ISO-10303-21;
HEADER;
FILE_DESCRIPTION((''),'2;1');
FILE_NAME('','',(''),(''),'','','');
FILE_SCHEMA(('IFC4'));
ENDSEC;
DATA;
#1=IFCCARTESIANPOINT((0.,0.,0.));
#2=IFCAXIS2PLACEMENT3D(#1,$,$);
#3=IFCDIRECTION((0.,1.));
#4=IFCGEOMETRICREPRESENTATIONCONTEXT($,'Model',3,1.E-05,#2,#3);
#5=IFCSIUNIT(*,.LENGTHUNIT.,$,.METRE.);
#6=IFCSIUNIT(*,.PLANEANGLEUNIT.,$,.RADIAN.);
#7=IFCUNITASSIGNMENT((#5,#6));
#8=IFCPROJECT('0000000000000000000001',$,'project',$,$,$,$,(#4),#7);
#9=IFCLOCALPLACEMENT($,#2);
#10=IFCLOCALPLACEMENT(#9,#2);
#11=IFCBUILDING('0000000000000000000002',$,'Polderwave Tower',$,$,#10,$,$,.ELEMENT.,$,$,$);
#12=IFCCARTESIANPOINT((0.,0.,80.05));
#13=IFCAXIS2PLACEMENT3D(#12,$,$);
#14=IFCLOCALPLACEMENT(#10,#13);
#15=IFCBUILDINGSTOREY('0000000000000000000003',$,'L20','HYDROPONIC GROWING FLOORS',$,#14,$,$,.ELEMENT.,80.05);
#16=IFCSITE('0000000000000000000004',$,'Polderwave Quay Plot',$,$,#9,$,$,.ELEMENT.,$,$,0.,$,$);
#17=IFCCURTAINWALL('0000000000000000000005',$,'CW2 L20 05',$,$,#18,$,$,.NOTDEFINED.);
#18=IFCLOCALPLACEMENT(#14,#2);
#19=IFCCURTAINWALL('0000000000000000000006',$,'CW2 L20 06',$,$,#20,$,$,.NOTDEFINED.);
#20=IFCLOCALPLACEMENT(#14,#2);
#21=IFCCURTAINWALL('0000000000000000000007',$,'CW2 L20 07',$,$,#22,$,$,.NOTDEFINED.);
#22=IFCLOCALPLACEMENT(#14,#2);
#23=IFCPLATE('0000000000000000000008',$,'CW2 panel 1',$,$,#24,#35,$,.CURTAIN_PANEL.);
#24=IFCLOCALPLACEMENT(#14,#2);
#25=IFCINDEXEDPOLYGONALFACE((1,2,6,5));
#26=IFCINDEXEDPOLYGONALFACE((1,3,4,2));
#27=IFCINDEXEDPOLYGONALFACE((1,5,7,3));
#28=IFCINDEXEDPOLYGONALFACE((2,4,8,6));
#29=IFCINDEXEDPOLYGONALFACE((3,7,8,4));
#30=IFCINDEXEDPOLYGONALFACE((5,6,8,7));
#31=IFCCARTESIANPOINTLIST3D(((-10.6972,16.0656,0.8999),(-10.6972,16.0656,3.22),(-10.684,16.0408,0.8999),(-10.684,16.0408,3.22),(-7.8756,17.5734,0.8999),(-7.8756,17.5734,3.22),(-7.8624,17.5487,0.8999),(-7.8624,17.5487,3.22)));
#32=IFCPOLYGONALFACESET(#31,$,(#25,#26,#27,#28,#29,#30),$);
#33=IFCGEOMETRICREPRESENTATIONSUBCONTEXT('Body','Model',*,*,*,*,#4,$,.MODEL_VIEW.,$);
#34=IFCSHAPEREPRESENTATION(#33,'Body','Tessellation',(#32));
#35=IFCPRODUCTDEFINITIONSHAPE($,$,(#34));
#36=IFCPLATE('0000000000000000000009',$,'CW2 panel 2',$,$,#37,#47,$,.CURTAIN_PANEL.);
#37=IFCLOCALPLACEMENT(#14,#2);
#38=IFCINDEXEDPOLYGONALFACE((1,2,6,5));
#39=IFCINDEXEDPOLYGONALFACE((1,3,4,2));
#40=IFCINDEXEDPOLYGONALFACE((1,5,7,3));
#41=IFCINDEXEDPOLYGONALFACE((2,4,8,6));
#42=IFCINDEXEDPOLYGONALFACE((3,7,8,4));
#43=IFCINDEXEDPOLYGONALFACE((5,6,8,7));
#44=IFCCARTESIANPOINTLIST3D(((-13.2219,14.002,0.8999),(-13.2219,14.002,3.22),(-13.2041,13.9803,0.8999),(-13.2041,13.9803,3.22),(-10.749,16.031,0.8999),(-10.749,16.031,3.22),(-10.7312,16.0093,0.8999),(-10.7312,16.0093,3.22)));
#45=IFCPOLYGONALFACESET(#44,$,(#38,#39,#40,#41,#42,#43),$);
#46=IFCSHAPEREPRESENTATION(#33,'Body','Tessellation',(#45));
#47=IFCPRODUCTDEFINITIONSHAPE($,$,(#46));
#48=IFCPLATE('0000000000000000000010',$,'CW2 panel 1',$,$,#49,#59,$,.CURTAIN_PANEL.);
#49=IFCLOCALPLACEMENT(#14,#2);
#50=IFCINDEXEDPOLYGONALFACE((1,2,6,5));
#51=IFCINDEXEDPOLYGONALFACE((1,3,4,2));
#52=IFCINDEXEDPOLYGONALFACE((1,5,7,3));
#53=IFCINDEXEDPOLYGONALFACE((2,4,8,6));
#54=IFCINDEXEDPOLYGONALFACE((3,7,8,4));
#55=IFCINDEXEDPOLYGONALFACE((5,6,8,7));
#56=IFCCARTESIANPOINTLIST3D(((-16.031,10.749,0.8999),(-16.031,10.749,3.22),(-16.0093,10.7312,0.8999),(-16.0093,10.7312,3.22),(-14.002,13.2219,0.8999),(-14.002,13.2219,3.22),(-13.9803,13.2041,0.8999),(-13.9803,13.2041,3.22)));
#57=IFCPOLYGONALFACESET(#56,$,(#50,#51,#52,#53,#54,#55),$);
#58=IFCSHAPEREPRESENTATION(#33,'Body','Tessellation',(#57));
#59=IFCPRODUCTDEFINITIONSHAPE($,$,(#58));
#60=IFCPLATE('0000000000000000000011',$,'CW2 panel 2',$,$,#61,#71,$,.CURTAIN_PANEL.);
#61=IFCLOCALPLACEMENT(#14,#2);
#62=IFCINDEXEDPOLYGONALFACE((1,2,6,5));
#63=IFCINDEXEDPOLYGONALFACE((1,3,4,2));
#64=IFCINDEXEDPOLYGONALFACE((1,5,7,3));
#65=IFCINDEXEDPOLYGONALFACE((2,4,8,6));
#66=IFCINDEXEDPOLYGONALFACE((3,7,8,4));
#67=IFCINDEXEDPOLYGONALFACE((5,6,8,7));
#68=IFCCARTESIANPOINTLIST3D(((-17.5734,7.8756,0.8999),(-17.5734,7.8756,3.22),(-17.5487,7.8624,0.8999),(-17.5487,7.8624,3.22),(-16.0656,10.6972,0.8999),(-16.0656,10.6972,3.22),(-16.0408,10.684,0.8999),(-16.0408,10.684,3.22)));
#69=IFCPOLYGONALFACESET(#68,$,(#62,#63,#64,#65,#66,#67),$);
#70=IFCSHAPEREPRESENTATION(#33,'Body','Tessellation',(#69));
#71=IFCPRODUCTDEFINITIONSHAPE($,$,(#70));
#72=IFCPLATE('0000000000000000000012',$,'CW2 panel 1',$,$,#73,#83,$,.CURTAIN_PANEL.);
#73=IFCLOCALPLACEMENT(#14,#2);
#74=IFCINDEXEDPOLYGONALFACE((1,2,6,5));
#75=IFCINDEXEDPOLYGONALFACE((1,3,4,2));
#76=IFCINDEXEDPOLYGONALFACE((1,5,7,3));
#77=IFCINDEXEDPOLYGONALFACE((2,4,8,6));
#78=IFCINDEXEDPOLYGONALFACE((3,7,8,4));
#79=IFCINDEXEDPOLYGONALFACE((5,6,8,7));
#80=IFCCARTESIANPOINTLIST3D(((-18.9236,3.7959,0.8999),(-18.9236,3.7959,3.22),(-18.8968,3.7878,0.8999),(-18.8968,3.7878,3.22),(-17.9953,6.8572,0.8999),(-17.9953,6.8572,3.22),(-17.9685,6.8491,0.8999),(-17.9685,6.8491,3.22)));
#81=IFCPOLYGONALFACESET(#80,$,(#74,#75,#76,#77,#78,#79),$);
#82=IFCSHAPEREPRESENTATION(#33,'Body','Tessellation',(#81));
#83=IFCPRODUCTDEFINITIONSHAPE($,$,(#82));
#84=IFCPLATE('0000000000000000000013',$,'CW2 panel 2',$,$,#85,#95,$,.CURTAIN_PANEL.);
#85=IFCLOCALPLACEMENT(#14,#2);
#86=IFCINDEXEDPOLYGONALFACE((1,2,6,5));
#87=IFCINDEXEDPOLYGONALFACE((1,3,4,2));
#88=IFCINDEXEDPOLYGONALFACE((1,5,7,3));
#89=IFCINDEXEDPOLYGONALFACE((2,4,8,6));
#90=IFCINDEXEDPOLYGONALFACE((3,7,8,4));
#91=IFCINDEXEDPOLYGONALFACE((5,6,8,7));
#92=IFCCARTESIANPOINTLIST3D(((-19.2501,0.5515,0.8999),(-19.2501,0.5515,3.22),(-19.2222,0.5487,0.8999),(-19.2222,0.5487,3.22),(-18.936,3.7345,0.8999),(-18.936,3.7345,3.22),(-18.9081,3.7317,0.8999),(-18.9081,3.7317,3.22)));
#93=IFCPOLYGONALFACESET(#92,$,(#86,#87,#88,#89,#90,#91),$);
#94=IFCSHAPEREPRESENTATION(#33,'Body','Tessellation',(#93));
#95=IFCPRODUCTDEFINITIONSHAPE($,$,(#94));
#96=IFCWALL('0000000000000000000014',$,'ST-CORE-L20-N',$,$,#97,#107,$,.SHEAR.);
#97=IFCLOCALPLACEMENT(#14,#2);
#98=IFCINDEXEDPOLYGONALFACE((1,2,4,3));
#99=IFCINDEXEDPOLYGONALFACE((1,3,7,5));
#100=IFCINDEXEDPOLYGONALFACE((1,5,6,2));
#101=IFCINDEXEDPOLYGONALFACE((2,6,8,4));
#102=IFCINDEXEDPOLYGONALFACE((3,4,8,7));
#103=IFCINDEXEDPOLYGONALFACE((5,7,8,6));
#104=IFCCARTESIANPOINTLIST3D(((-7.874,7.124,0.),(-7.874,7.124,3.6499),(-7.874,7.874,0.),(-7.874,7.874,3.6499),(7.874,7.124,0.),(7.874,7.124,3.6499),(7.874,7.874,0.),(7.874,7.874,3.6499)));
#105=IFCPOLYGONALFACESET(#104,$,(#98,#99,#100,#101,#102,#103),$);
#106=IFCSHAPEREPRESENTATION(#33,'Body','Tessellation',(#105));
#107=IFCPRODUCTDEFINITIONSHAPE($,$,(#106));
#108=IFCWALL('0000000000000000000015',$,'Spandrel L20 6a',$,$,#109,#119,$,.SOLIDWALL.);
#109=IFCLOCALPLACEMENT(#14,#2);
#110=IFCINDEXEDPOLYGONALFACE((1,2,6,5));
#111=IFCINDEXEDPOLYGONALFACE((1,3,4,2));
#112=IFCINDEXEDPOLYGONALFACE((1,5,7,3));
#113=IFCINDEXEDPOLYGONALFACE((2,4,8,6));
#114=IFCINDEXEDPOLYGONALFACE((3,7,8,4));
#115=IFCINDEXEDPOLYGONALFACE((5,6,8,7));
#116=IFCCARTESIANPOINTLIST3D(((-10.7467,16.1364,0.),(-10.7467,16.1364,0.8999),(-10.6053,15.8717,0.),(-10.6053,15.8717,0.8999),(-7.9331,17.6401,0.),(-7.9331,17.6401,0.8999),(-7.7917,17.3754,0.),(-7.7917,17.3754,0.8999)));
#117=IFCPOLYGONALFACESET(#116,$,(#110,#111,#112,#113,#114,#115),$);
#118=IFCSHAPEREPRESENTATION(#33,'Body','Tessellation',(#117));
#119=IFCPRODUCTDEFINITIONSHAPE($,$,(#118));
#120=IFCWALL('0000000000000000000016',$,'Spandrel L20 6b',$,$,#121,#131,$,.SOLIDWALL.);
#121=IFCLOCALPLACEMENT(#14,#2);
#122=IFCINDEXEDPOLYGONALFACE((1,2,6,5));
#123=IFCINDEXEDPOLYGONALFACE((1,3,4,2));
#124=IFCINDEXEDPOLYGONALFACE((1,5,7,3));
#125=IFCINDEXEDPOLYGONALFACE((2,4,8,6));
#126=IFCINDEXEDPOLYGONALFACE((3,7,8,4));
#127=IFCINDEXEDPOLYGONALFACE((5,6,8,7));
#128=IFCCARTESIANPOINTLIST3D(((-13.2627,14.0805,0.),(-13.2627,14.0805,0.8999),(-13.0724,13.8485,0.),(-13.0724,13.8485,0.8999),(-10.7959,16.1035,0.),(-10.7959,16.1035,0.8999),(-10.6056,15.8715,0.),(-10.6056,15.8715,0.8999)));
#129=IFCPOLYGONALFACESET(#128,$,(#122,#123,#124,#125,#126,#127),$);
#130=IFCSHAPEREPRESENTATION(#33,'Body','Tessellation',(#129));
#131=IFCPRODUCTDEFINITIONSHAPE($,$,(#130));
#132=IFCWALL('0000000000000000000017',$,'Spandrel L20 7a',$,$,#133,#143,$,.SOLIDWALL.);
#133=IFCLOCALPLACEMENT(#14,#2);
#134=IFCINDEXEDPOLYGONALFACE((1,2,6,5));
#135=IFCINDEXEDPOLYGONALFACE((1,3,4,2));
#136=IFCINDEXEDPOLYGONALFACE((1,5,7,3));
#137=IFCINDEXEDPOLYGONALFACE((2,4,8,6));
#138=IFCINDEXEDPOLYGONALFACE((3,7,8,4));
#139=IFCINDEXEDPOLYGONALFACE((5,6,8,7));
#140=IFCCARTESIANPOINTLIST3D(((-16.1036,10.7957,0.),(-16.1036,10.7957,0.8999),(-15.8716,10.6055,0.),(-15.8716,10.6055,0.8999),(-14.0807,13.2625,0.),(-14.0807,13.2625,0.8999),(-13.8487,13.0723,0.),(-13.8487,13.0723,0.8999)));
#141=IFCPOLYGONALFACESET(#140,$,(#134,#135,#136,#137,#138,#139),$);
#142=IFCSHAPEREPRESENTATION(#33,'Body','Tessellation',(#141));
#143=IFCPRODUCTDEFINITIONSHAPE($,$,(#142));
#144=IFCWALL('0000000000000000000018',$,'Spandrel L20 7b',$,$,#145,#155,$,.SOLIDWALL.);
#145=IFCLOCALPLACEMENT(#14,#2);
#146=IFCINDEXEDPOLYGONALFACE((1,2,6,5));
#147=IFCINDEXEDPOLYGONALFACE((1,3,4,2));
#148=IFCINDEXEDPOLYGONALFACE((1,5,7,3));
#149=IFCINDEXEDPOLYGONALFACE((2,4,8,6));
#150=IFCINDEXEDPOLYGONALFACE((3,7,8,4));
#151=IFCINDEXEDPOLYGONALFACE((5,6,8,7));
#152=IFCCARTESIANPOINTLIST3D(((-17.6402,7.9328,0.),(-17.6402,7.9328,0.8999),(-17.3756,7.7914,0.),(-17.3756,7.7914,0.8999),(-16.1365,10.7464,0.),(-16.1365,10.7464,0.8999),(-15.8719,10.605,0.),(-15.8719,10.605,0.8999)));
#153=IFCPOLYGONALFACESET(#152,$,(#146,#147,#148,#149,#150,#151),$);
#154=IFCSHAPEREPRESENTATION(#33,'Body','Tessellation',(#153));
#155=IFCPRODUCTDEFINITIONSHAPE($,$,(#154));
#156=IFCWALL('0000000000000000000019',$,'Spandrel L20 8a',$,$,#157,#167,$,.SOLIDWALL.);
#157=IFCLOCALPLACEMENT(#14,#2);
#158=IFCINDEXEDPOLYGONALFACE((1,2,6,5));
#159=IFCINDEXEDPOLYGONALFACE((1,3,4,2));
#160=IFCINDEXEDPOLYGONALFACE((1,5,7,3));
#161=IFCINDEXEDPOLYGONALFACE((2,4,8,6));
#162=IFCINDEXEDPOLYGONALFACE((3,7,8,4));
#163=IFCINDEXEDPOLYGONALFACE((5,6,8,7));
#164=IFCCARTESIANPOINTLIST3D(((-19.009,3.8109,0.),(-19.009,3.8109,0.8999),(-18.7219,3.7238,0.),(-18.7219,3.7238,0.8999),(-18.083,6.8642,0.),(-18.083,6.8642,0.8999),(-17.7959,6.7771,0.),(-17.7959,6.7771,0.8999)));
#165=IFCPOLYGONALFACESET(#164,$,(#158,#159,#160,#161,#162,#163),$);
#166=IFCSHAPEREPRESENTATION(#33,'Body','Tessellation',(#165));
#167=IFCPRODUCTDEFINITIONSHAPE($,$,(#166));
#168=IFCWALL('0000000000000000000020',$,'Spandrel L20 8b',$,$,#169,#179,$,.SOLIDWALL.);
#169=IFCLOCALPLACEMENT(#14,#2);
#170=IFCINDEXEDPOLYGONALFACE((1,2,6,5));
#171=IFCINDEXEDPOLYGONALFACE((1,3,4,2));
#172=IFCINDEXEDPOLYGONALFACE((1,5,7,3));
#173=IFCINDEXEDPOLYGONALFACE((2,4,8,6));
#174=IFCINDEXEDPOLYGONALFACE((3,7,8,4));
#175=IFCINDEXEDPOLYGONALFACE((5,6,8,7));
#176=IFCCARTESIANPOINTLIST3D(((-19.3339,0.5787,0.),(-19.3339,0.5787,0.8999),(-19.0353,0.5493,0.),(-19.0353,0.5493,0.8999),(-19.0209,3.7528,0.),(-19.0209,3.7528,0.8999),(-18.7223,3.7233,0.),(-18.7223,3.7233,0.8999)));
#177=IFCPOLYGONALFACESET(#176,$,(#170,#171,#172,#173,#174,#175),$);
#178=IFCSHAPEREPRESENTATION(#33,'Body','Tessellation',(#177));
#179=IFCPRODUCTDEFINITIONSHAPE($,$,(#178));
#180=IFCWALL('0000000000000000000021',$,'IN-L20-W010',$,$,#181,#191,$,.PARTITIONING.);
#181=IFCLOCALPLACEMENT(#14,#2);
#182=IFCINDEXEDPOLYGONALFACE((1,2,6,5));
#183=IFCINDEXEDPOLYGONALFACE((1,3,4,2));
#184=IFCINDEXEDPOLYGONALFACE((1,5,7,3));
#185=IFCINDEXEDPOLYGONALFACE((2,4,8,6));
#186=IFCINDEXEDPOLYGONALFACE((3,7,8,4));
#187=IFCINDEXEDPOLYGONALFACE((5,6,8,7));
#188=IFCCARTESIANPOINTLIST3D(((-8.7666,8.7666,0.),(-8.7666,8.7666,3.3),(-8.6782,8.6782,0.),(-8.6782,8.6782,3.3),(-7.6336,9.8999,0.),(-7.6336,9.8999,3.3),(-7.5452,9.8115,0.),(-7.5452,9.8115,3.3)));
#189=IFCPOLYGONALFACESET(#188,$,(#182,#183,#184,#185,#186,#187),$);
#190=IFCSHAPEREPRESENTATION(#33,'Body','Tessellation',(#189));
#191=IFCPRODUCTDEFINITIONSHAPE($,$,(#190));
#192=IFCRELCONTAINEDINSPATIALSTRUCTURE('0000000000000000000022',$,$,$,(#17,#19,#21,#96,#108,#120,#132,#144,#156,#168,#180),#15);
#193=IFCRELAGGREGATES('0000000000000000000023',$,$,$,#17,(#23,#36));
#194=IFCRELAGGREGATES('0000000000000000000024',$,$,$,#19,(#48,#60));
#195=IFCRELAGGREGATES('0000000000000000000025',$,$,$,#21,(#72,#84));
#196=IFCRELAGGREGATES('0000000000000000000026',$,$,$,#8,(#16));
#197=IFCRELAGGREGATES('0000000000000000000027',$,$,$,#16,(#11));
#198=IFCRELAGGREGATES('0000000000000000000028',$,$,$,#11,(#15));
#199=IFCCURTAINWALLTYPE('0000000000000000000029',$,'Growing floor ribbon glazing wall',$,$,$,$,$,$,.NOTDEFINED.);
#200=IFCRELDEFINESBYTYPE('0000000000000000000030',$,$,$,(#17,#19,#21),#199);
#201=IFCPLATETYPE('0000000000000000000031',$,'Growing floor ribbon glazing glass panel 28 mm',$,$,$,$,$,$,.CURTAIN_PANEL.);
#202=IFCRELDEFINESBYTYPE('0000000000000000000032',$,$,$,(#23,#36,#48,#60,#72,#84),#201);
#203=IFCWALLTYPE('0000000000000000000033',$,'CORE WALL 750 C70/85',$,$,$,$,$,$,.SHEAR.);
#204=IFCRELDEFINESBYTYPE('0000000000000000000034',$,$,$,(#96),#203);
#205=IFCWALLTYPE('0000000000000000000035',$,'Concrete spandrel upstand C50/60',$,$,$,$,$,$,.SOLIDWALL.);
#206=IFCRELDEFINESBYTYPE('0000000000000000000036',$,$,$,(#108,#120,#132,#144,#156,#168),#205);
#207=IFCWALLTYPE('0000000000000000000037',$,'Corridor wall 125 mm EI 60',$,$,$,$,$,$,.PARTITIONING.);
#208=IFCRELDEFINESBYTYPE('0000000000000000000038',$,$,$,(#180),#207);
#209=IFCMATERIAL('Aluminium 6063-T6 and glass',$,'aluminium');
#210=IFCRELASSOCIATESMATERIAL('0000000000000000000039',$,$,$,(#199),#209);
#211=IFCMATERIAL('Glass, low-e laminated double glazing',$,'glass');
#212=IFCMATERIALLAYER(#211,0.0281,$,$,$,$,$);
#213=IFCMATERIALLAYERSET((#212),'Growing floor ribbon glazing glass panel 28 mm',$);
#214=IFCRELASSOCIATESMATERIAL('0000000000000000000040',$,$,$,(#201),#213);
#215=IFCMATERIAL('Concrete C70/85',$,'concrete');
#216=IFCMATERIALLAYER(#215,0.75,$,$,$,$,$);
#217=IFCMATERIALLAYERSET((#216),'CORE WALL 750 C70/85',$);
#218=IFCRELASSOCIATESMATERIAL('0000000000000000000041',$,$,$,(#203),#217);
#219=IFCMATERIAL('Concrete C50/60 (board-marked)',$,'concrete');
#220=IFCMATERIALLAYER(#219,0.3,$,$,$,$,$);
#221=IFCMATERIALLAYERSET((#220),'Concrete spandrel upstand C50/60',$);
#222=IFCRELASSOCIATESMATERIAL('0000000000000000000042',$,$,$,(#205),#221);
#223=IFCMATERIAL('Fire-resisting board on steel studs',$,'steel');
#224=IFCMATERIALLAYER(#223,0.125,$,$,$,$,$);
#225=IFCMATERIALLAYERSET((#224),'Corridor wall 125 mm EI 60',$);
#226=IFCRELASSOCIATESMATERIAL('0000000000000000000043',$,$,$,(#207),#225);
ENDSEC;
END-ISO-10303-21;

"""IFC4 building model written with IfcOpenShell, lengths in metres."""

from ifc_helpers import new_model, si_unit, direction, frame, frame_2d, origin, origin_2d, place, context, subcontext, project, spatial, rectangle, extrude, material, layer, layer_set, type_object, element, aggregate, save


model = new_model("IFC4")

# Units and contexts
model_context = context("Model", 3, precision=1e-05, world=origin(), true_north=direction((0.0, 1.0)))
body_context = subcontext(model_context, "Body", "Model", "MODEL_VIEW")
ifc_project = project(units=[si_unit("LENGTHUNIT", "METRE"), si_unit("PLANEANGLEUNIT", "RADIAN")], contexts=[model_context])

# Site, building, storey
site_placement = place(None, origin())
site = spatial("IfcSite", under=ifc_project, at=site_placement, Name="Polderwave Quay Plot", CompositionType="ELEMENT", RefElevation=0.0)
building_placement = place(site_placement, origin())
building = spatial("IfcBuilding", under=site, at=building_placement, Name="Polderwave Tower", CompositionType="ELEMENT")
storey_placement = place(building_placement, frame((0.0, 0.0, 80.05)))
storey = spatial("IfcBuildingStorey", under=building, at=storey_placement, Name="L20", Description="HYDROPONIC GROWING FLOORS", CompositionType="ELEMENT", Elevation=80.05)

# Shared definitions
ifc_material_1 = material(Name="Concrete C70/85", Category="concrete")

# Curtain walls
ifc_material_2 = material(Name="Aluminium 6063-T6 and glass", Category="aluminium")
curtain_wall_type = type_object("IfcCurtainWallType", Name="Growing floor ribbon glazing wall", PredefinedType="NOTDEFINED", material=ifc_material_2)
curtain_wall_1_placement = place(storey_placement, origin())
curtain_wall_1 = element("IfcCurtainWall", 1, at=curtain_wall_1_placement, inside=storey, type_object=curtain_wall_type, Name="CW2 L20 05", PredefinedType="NOTDEFINED")
curtain_wall_2_placement = place(storey_placement, origin())
curtain_wall_2 = element("IfcCurtainWall", 2, at=curtain_wall_2_placement, inside=storey, type_object=curtain_wall_type, Name="CW2 L20 06", PredefinedType="NOTDEFINED")
curtain_wall_3_placement = place(storey_placement, origin())
curtain_wall_3 = element("IfcCurtainWall", 3, at=curtain_wall_3_placement, inside=storey, type_object=curtain_wall_type, Name="CW2 L20 07", PredefinedType="NOTDEFINED")

# Plates
ifc_material_3 = material(Name="Glass, low-e laminated double glazing", Category="glass")
ifc_layer_1 = layer(ifc_material_3, 0.0281)
ifc_layer_set_1 = layer_set([ifc_layer_1], Name="Growing floor ribbon glazing glass panel 28 mm")
plate_type = type_object("IfcPlateType", Name="Growing floor ribbon glazing glass panel 28 mm", PredefinedType="CURTAIN_PANEL", material=ifc_layer_set_1)
plate_1_placement = place(storey_placement, frame((-9.2798, 16.8071, 0.8999), z_axis=(0.0, 0.0, 1.0), x_axis=(-0.881958, -0.471327, 0.0)))
plate_1 = element("IfcPlate", 4, at=plate_1_placement, type_object=plate_type, Name="CW2 panel 1", PredefinedType="CURTAIN_PANEL", context=body_context, shape_type="SweptSolid", body=[
    extrude(rectangle(XDim=3.1992, YDim=0.0281, at=origin_2d()), origin(), (0.0, 0.0, 1.0), 2.3201),
])
plate_2_placement = place(storey_placement, frame((-11.9766, 15.0056, 0.8999), z_axis=(0.0, 0.0, 1.0), x_axis=(-0.773074, -0.634316, 0.0)))
plate_2 = element("IfcPlate", 5, at=plate_2_placement, type_object=plate_type, Name="CW2 panel 2", PredefinedType="CURTAIN_PANEL", context=body_context, shape_type="SweptSolid", body=[
    extrude(rectangle(XDim=3.1987, YDim=0.0281, at=origin_2d()), origin(), (0.0, 0.0, 1.0), 2.3201),
])
aggregate(curtain_wall_1, [plate_1, plate_2])
plate_3_placement = place(storey_placement, frame((-15.0056, 11.9766, 0.8999), z_axis=(0.0, 0.0, 1.0), x_axis=(-0.634316, -0.773074, 0.0)))
plate_3 = element("IfcPlate", 6, at=plate_3_placement, type_object=plate_type, Name="CW2 panel 1", PredefinedType="CURTAIN_PANEL", context=body_context, shape_type="SweptSolid", body=[
    extrude(rectangle(XDim=3.1987, YDim=0.0281, at=origin_2d()), origin(), (0.0, 0.0, 1.0), 2.3201),
])
plate_4_placement = place(storey_placement, frame((-16.8071, 9.2798, 0.8999), z_axis=(0.0, 0.0, 1.0), x_axis=(-0.471327, -0.881958, 0.0)))
plate_4 = element("IfcPlate", 7, at=plate_4_placement, type_object=plate_type, Name="CW2 panel 2", PredefinedType="CURTAIN_PANEL", context=body_context, shape_type="SweptSolid", body=[
    extrude(rectangle(XDim=3.1992, YDim=0.0281, at=origin_2d()), origin(), (0.0, 0.0, 1.0), 2.3201),
])
aggregate(curtain_wall_2, [plate_3, plate_4])
plate_5_placement = place(storey_placement, frame((-18.446, 5.3225, 0.8999), z_axis=(0.0, 0.0, 1.0), x_axis=(-0.290188, -0.95697, 0.0)))
plate_5 = element("IfcPlate", 8, at=plate_5_placement, type_object=plate_type, Name="CW2 panel 1", PredefinedType="CURTAIN_PANEL", context=body_context, shape_type="SweptSolid", body=[
    extrude(rectangle(XDim=3.199, YDim=0.0281, at=origin_2d()), origin(), (0.0, 0.0, 1.0), 2.3201),
])
plate_6_placement = place(storey_placement, frame((-19.0791, 2.1416, 0.8999), z_axis=(0.0, 0.0, 1.0), x_axis=(-0.098186, -0.995168, 0.0)))
plate_6 = element("IfcPlate", 9, at=plate_6_placement, type_object=plate_type, Name="CW2 panel 2", PredefinedType="CURTAIN_PANEL", context=body_context, shape_type="SweptSolid", body=[
    extrude(rectangle(XDim=3.1985, YDim=0.0281, at=origin_2d()), origin(), (0.0, 0.0, 1.0), 2.3201),
])
aggregate(curtain_wall_3, [plate_5, plate_6])

# Walls
ifc_layer_2 = layer(ifc_material_1, 0.75)
ifc_layer_set_2 = layer_set([ifc_layer_2], Name="CORE WALL 750 C70/85")
wall_type_1 = type_object("IfcWallType", Name="CORE WALL 750 C70/85", PredefinedType="SHEAR", material=ifc_layer_set_2)
wall_1_placement = place(storey_placement, frame((-7.874, 7.499, 0.0), z_axis=(0.0, 0.0, 1.0), x_axis=(1.0, 0.0, 0.0)))
element("IfcWall", 10, at=wall_1_placement, inside=storey, type_object=wall_type_1, Name="ST-CORE-L20-N", PredefinedType="SHEAR", context=body_context, shape_type="SweptSolid", body=[
    extrude(rectangle(XDim=15.748, YDim=0.75, at=frame_2d((7.874, 0.0))), origin(), (0.0, 0.0, 1.0), 3.6499),
])
ifc_material_4 = material(Name="Concrete C50/60 (board-marked)", Category="concrete")
ifc_layer_3 = layer(ifc_material_4, 0.3)
ifc_layer_set_3 = layer_set([ifc_layer_3], Name="Concrete spandrel upstand C50/60")
wall_type_2 = type_object("IfcWallType", Name="Concrete spandrel upstand C50/60", PredefinedType="SOLIDWALL", material=ifc_layer_set_3)
for number, where, z_axis, x_axis, name in (
    (11, (-7.8623, 17.5078, 0.0), (0.0, 0.0, 1.0), (-0.881944, -0.471355, 0.0), "Spandrel L20 6a"),
    (12, (-10.7007, 15.9875, 0.0), (0.0, 0.0, 1.0), (-0.773241, -0.634113, 0.0), "Spandrel L20 6b"),
    (13, (-13.9646, 13.1675, 0.0), (0.0, 0.0, 1.0), (-0.634113, -0.773241, 0.0), "Spandrel L20 7a"),
    (14, (-16.0042, 10.6758, 0.0), (0.0, 0.0, 1.0), (-0.471355, -0.881944, 0.0), "Spandrel L20 7b"),
):
    element("IfcWall", number, at=place(storey_placement, frame(where, z_axis=z_axis, x_axis=x_axis)), inside=storey, type_object=wall_type_2, Name=name, PredefinedType="SOLIDWALL", context=body_context, shape_type="SweptSolid", body=[
        extrude(rectangle(XDim=3.1902, YDim=0.3, at=frame_2d((1.5952, 0.0))), origin(), (0.0, 0.0, 1.0), 0.8999),
    ])
wall_2_placement = place(storey_placement, frame((-17.9395, 6.8206, 0.0), z_axis=(0.0, 0.0, 1.0), x_axis=(-0.290239, -0.956954, 0.0)))
element("IfcWall", 15, at=wall_2_placement, inside=storey, type_object=wall_type_2, Name="Spandrel L20 8a", PredefinedType="SOLIDWALL", context=body_context, shape_type="SweptSolid", body=[
    extrude(rectangle(XDim=3.1907, YDim=0.3, at=frame_2d((1.5952, 0.0))), origin(), (0.0, 0.0, 1.0), 0.8999),
])
wall_3_placement = place(storey_placement, frame((-18.8716, 3.738, 0.0), z_axis=(0.0, 0.0, 1.0), x_axis=(-0.098132, -0.995173, 0.0)))
element("IfcWall", 16, at=wall_3_placement, inside=storey, type_object=wall_type_2, Name="Spandrel L20 8b", PredefinedType="SOLIDWALL", context=body_context, shape_type="SweptSolid", body=[
    extrude(rectangle(XDim=3.1895, YDim=0.3, at=frame_2d((1.5947, 0.0))), origin(), (0.0, 0.0, 1.0), 0.8999),
])
ifc_material_5 = material(Name="Fire-resisting board on steel studs", Category="steel")
ifc_layer_4 = layer(ifc_material_5, 0.125)
ifc_layer_set_4 = layer_set([ifc_layer_4], Name="Corridor wall 125 mm EI 60")
wall_type_3 = type_object("IfcWallType", Name="Corridor wall 125 mm EI 60", PredefinedType="PARTITIONING", material=ifc_layer_set_4)
wall_4_placement = place(storey_placement, frame((-8.7224, 8.7224, 0.0), z_axis=(0.0, 0.0, 1.0), x_axis=(0.707031, 0.707183, 0.0)))
element("IfcWall", 17, at=wall_4_placement, inside=storey, type_object=wall_type_3, Name="IN-L20-W010", PredefinedType="PARTITIONING", context=body_context, shape_type="SweptSolid", body=[
    extrude(rectangle(XDim=1.6025, YDim=0.125, at=frame_2d((0.8013, 0.0))), origin(), (0.0, 0.0, 1.0), 3.3),
])

save(model, "model.ifc")
